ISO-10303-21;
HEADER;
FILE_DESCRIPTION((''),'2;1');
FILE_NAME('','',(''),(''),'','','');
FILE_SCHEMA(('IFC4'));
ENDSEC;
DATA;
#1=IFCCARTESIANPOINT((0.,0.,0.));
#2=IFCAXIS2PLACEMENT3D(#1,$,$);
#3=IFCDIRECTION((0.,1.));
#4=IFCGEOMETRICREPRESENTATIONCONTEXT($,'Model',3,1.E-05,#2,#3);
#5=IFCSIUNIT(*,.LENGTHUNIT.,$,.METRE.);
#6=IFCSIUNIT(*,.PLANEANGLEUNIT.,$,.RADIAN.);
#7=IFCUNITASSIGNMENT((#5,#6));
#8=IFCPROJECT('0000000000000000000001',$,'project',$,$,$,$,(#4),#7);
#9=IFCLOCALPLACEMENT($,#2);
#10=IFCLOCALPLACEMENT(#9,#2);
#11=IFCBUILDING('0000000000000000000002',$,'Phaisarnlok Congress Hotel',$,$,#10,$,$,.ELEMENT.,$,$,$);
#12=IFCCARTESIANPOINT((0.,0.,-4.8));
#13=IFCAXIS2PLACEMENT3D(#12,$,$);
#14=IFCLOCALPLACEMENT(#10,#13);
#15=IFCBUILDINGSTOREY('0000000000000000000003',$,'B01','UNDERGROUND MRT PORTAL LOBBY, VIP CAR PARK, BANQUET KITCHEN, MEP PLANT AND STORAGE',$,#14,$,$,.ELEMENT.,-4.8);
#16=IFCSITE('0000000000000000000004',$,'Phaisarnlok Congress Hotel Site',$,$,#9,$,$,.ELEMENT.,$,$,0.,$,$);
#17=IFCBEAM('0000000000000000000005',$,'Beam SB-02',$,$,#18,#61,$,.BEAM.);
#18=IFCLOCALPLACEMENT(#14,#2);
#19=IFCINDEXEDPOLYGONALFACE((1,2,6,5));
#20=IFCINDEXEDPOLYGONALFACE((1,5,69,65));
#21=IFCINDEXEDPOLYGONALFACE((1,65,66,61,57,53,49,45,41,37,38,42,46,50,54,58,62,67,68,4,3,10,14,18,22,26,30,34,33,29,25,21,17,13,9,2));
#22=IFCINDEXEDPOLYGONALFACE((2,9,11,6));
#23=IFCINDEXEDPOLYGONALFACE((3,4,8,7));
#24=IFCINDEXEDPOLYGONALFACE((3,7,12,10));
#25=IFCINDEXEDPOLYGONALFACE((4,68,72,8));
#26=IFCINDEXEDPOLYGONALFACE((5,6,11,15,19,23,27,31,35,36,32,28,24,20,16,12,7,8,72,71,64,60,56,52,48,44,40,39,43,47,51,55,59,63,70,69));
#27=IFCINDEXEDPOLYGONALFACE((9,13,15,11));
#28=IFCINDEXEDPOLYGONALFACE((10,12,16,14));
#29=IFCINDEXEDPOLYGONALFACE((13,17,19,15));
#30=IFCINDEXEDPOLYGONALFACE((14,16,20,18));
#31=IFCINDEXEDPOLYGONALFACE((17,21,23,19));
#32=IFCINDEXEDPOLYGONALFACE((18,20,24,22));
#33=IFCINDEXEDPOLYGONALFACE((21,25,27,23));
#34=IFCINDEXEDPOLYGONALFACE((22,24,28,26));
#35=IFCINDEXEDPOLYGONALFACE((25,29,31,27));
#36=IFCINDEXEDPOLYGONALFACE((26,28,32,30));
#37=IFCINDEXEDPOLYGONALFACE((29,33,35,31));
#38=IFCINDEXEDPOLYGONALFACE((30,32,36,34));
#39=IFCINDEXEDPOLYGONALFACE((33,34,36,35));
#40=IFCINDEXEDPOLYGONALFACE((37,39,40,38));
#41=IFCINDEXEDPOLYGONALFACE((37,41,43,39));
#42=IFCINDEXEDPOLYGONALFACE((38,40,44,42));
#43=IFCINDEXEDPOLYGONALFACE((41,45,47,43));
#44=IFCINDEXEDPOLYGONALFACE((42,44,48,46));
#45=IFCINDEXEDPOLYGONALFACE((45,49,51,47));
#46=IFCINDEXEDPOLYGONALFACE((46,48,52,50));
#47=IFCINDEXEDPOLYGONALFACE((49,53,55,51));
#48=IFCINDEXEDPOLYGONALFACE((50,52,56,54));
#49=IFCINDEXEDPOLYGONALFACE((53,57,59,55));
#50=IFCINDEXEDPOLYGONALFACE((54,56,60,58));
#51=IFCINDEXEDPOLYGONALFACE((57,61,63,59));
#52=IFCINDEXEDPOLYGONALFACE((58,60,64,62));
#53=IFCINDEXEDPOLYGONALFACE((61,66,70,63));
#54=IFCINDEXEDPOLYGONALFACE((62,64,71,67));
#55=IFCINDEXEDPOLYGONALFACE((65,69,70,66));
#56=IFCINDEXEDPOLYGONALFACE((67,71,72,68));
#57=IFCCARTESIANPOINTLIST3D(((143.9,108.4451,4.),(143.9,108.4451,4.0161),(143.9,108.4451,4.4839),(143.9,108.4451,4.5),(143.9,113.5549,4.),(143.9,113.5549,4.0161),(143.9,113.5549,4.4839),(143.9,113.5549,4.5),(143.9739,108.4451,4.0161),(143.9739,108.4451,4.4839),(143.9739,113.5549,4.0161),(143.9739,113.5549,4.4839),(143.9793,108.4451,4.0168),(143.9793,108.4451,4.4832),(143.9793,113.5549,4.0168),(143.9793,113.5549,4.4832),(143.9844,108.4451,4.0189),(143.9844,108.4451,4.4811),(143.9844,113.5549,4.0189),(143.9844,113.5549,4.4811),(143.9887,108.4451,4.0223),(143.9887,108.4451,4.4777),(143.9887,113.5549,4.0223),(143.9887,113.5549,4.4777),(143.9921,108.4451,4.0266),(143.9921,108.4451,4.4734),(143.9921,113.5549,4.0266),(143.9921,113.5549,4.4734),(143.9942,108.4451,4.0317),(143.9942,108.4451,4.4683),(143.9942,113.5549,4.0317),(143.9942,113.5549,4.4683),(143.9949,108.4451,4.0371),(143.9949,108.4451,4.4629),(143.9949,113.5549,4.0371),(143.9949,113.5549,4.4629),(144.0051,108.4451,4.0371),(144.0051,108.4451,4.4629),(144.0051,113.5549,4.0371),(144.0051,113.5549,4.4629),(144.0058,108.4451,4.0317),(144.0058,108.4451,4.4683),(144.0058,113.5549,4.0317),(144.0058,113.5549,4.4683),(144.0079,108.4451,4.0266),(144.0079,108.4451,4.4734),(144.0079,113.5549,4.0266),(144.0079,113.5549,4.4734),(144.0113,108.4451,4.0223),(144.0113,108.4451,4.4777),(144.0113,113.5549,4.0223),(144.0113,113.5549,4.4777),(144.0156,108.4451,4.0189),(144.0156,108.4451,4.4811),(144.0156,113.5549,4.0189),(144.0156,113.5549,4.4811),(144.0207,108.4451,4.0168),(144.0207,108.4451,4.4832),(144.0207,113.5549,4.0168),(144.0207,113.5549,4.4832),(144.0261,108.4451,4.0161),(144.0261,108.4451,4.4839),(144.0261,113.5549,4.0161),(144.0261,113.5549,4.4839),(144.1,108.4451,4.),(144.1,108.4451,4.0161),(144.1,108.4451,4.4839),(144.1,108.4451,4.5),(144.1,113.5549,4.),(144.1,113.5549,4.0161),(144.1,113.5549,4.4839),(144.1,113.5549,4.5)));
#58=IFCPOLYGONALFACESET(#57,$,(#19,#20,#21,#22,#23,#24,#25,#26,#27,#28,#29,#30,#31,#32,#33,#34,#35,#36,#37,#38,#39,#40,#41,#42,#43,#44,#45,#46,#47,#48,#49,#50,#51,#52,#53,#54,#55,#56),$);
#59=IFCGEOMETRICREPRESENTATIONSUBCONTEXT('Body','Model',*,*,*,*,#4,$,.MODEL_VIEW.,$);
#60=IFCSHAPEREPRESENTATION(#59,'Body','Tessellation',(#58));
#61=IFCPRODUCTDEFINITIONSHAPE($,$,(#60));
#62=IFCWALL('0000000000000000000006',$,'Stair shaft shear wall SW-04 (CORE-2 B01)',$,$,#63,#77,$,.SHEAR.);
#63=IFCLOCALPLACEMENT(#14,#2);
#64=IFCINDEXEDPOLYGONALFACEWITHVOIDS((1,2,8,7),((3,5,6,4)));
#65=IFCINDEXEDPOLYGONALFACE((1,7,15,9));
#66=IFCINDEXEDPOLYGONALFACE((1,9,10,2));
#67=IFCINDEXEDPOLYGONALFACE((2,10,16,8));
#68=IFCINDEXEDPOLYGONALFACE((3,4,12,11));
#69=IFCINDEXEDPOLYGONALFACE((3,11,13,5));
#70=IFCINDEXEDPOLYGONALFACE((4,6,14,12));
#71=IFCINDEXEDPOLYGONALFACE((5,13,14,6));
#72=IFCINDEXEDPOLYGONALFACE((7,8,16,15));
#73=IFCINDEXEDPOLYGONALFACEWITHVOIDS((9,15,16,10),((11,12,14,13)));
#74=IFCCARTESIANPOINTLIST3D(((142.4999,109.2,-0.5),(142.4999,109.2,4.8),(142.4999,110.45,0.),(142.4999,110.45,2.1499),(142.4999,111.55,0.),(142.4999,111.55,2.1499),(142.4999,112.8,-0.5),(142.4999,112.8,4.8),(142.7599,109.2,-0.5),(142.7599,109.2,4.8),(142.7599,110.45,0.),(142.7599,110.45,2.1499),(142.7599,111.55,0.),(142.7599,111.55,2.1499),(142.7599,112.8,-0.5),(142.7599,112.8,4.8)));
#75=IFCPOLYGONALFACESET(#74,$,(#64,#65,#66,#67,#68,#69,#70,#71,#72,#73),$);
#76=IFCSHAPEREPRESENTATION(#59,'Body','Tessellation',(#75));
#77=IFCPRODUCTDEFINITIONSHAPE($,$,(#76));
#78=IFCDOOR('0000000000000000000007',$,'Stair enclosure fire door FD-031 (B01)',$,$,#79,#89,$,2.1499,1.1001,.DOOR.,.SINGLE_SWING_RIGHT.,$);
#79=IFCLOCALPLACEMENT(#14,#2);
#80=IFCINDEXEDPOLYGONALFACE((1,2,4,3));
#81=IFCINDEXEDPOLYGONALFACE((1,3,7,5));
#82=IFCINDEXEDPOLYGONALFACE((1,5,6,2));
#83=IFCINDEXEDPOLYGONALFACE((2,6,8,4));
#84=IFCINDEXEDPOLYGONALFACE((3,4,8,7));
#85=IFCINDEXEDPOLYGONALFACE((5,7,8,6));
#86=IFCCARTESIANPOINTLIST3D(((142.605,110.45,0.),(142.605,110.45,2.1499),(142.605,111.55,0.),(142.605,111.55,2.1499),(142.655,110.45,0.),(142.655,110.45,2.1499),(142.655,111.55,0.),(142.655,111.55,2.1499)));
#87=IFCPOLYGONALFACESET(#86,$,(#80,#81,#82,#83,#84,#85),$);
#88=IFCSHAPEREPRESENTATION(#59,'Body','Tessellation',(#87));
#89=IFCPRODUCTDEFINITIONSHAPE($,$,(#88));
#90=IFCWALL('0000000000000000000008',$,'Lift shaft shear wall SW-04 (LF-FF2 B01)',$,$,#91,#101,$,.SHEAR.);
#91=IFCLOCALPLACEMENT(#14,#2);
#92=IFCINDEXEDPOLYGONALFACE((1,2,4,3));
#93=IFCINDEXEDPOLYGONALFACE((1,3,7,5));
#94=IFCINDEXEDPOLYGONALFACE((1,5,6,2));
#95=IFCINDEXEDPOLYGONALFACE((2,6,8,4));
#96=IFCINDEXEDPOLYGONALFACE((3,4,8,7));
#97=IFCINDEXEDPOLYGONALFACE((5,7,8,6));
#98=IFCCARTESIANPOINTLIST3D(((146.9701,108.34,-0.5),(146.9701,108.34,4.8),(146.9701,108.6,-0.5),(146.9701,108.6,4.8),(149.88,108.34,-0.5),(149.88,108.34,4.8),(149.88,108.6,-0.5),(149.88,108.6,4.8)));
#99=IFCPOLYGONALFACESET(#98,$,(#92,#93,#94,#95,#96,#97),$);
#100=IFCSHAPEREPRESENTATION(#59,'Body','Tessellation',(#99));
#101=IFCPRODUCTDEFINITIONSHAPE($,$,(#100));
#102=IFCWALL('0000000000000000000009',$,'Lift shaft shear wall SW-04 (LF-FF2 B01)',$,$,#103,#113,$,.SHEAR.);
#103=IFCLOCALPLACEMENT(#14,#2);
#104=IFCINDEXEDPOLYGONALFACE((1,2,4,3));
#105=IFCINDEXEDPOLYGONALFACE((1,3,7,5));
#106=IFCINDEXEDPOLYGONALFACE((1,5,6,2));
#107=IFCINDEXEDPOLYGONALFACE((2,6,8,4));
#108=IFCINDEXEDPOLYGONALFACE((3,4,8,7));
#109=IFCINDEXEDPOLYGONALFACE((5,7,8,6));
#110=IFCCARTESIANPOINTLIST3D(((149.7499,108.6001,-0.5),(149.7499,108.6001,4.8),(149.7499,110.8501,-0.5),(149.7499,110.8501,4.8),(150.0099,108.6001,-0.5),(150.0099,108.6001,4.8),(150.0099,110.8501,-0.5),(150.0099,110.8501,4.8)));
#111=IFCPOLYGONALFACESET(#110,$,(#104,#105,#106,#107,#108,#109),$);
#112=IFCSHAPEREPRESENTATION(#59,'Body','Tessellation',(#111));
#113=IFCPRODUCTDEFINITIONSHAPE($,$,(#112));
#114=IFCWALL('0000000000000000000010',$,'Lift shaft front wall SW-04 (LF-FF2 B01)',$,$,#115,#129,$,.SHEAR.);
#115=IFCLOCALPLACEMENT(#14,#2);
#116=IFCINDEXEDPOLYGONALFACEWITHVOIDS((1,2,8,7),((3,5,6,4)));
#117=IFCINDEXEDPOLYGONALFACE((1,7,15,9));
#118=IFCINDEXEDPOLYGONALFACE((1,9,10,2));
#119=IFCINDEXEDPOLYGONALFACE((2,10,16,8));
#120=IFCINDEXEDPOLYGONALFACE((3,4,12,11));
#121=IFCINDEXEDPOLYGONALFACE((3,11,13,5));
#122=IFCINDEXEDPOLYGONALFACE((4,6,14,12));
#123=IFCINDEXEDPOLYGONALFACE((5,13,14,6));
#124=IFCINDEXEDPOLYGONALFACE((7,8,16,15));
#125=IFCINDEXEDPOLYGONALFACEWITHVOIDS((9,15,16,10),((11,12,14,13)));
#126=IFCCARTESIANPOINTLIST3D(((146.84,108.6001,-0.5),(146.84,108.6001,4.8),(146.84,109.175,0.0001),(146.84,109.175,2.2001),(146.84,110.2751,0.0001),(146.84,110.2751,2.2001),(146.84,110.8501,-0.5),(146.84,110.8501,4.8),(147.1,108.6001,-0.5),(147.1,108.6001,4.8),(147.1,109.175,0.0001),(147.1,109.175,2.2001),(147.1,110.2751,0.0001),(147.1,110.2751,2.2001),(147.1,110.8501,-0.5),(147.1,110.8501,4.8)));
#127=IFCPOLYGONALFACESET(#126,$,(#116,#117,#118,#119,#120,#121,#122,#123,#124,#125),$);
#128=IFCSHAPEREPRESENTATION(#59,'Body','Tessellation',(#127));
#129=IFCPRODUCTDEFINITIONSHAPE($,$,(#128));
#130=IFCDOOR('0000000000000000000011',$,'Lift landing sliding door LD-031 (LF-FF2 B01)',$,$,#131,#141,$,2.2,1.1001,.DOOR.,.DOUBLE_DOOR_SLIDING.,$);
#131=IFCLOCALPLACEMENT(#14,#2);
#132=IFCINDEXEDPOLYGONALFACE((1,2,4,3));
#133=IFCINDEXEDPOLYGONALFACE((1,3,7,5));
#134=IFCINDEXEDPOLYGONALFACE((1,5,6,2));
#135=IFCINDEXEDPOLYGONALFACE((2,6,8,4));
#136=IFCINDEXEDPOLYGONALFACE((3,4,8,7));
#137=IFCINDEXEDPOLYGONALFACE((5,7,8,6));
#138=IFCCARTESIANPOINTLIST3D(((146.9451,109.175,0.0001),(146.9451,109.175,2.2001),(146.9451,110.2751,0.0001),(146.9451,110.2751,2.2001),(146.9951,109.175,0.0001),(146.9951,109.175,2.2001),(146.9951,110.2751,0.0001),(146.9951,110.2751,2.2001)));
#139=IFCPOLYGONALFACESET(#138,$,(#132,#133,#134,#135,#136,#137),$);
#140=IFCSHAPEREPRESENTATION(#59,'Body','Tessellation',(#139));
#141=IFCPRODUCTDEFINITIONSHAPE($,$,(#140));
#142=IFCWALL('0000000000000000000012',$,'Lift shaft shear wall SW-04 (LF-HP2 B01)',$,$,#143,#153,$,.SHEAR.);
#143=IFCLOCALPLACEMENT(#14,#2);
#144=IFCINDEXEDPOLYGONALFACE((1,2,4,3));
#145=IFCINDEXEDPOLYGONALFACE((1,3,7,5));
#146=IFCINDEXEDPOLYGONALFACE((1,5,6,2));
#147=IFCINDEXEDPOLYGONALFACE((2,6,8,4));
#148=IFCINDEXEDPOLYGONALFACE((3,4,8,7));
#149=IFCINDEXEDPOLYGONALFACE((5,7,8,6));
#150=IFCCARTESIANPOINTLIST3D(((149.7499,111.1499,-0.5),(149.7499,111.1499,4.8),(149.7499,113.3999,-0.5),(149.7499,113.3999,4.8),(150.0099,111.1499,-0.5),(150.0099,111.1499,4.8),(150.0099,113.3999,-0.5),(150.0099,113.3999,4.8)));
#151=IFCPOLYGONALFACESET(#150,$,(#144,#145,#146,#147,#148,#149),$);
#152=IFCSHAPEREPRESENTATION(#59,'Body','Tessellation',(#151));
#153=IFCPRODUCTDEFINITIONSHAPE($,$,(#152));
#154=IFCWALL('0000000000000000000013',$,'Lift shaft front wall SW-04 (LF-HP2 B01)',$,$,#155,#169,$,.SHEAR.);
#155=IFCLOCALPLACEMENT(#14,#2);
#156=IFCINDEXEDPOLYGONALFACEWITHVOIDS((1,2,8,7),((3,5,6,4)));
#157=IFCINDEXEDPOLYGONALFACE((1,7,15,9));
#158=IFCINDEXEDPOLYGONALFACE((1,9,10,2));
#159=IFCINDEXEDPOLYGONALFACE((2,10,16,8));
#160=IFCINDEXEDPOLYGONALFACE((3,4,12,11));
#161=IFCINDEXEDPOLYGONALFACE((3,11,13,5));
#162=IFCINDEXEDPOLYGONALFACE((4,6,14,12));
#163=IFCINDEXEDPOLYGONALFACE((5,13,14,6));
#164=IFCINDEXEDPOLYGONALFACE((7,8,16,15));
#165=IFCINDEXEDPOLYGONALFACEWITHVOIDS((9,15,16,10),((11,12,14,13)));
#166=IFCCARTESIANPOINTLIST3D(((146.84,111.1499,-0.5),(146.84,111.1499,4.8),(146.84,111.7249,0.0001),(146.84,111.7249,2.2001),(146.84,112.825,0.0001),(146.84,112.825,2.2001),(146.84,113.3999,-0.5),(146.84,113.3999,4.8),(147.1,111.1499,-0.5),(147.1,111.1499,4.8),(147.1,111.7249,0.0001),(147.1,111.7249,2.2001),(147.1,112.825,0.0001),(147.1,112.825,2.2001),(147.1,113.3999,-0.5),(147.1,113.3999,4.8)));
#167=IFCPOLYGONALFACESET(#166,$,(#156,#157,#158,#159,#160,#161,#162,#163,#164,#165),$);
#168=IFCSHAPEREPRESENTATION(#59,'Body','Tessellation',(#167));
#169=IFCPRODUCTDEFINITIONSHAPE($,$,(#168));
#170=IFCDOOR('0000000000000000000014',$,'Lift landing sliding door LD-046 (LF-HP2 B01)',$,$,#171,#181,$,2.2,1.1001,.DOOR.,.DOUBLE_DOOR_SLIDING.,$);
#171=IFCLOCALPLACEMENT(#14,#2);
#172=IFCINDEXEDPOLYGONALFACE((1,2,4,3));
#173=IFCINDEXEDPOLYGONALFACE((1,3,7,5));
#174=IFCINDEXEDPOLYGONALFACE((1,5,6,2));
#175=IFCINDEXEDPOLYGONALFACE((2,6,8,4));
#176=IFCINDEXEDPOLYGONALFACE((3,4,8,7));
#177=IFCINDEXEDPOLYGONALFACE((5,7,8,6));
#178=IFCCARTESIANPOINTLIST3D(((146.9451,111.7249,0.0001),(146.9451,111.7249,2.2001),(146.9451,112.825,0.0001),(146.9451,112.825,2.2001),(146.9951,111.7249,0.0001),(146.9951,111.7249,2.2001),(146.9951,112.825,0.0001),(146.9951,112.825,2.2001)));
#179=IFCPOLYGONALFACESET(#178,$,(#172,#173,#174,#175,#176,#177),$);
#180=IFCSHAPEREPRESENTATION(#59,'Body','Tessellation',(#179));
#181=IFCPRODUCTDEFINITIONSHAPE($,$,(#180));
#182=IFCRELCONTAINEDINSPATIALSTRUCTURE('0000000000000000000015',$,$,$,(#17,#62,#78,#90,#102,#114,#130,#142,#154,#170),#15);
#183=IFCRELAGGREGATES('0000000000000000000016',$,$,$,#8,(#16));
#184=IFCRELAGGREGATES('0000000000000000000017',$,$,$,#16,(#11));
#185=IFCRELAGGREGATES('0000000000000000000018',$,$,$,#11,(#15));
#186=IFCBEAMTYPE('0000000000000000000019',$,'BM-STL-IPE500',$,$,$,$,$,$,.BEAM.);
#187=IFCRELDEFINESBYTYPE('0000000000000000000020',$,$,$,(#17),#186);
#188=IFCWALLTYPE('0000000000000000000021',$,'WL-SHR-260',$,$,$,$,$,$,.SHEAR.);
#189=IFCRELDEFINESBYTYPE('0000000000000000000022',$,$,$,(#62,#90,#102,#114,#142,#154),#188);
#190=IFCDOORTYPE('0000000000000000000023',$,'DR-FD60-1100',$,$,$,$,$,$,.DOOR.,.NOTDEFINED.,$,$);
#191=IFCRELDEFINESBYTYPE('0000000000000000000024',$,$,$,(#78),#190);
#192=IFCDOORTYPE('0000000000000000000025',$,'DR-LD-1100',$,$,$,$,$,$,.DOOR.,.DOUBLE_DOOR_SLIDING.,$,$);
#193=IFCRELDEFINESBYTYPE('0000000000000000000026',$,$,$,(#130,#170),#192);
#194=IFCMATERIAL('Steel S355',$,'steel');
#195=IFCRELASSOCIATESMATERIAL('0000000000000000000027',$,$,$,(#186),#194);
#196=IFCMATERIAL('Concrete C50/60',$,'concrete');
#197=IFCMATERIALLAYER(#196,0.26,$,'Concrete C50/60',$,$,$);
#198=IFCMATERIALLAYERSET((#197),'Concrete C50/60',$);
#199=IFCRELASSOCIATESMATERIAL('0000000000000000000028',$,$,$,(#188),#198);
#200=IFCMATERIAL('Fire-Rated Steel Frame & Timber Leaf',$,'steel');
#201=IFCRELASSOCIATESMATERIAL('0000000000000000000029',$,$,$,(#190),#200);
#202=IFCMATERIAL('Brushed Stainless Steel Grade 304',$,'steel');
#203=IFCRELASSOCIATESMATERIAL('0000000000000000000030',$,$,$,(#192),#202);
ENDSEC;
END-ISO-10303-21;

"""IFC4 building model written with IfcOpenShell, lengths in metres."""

from ifc_helpers import new_model, si_unit, direction, frame, frame_2d, origin, origin_2d, place, context, subcontext, project, spatial, rectangle, i_section, extrude, material, layer, layer_set, material_profile, profile_set, type_object, element, fill, save


model = new_model("IFC4")

# Units and contexts
model_context = context("Model", 3, precision=1e-05, world=origin(), true_north=direction((0.0, 1.0)))
body_context = subcontext(model_context, "Body", "Model", "MODEL_VIEW")
ifc_project = project(units=[si_unit("LENGTHUNIT", "METRE"), si_unit("PLANEANGLEUNIT", "RADIAN")], contexts=[model_context])

# Site, building, storey
site_placement = place(None, origin())
site = spatial("IfcSite", under=ifc_project, at=site_placement, Name="Phaisarnlok Congress Hotel Site", CompositionType="ELEMENT", RefElevation=0.0)
building_placement = place(site_placement, origin())
building = spatial("IfcBuilding", under=site, at=building_placement, Name="Phaisarnlok Congress Hotel", CompositionType="ELEMENT")
storey_placement = place(building_placement, frame((0.0, 0.0, -4.8)))
storey = spatial("IfcBuildingStorey", under=building, at=storey_placement, Name="B01", Description="UNDERGROUND MRT PORTAL LOBBY, VIP CAR PARK, BANQUET KITCHEN, MEP PLANT AND STORAGE", CompositionType="ELEMENT", Elevation=-4.8)

# Beam
ifc_material_1 = material(Name="Steel S355", Category="steel")
ifc_material_profile_1 = material_profile(ifc_material_1, i_section(OverallWidth=0.2, OverallDepth=0.5, WebThickness=0.0103, FlangeThickness=0.0161, FilletRadius=0.021, at=origin_2d()), Name="IPE 500")
ifc_profile_set_1 = profile_set([ifc_material_profile_1], Name="Steel S355")
beam_type_1 = type_object("IfcBeamType", Name="BM-STL-IPE500", PredefinedType="BEAM", material=ifc_profile_set_1)
beam_1_placement = place(storey_placement, frame((144.0, 108.4451, 4.25), z_axis=(0.0, 1.0, 0.0), x_axis=(-1.0, 0.0, 0.0)))
element("IfcBeam", 1, at=beam_1_placement, inside=storey, type_object=beam_type_1, Name="Beam SB-02", PredefinedType="BEAM", context=body_context, shape_type="SweptSolid", body=[
    extrude(i_section(OverallWidth=0.2, OverallDepth=0.5, WebThickness=0.0103, FlangeThickness=0.0161, FilletRadius=0.021, at=origin_2d()), origin(), (0.0, 0.0, 1.0), 5.1099),
])

# Wall, opening, door
ifc_material_2 = material(Name="Concrete C50/60", Category="concrete")
ifc_layer_1 = layer(ifc_material_2, 0.26, Name="Concrete C50/60")
ifc_layer_set_1 = layer_set([ifc_layer_1], Name="Concrete C50/60")
wall_type_1 = type_object("IfcWallType", Name="WL-SHR-260", PredefinedType="SHEAR", material=ifc_layer_set_1)
wall_1_placement = place(storey_placement, frame((142.6299, 109.2, -0.5), z_axis=(0.0, 0.0, 1.0), x_axis=(0.0, 1.0, 0.0)))
wall_1 = element("IfcWall", 2, at=wall_1_placement, inside=storey, type_object=wall_type_1, Name="Stair shaft shear wall SW-04 (CORE-2 B01)", PredefinedType="SHEAR", context=body_context, shape_type="SweptSolid", body=[
    extrude(rectangle(XDim=3.6001, YDim=0.26, at=frame_2d((1.8, 0.0))), origin(), (0.0, 0.0, 1.0), 5.3),
])
opening_1_placement = place(wall_1_placement, frame((1.25, 0.0, 0.5)))
opening_1 = element("IfcOpeningElement", 3, at=opening_1_placement, cuts=wall_1, PredefinedType="OPENING", context=body_context, shape_type="SweptSolid", body=[
    extrude(rectangle(XDim=1.1001, YDim=2.1499, at=frame_2d((0.55, 1.075))), frame((0.0, 0.1401, 0.0), z_axis=(0.0, -1.0, 0.0), x_axis=(1.0, 0.0, 0.0)), (0.0, 0.0, 1.0), 0.28),
])
ifc_material_3 = material(Name="Fire-Rated Steel Frame & Timber Leaf", Category="steel")
door_type_1 = type_object("IfcDoorType", Name="DR-FD60-1100", OperationType="NOTDEFINED", PredefinedType="DOOR", material=ifc_material_3)
door_1_placement = place(opening_1_placement, origin())
door_1 = element("IfcDoor", 4, at=door_1_placement, inside=storey, type_object=door_type_1, Name="Stair enclosure fire door FD-031 (B01)", OperationType="SINGLE_SWING_RIGHT", OverallHeight=2.1499, OverallWidth=1.1001, PredefinedType="DOOR", context=body_context, shape_type="SweptSolid", body=[
    extrude(rectangle(XDim=1.1001, YDim=2.1499, at=frame_2d((0.55, 1.075))), frame((0.0, 0.0249, 0.0), z_axis=(0.0, -1.0, 0.0), x_axis=(1.0, 0.0, 0.0)), (0.0, 0.0, 1.0), 0.05),
])
fill(opening_1, door_1)

# Walls
wall_2_placement = place(storey_placement, frame((146.97, 108.47, -0.5), z_axis=(0.0, 0.0, 1.0), x_axis=(1.0, 0.0, 0.0)))
element("IfcWall", 5, at=wall_2_placement, inside=storey, type_object=wall_type_1, Name="Lift shaft shear wall SW-04 (LF-FF2 B01)", PredefinedType="SHEAR", context=body_context, shape_type="SweptSolid", body=[
    extrude(rectangle(XDim=2.9099, YDim=0.26, at=frame_2d((1.4551, 0.0))), origin(), (0.0, 0.0, 1.0), 5.3),
])
wall_3_placement = place(storey_placement, frame((149.8799, 108.6001, -0.5), z_axis=(0.0, 0.0, 1.0), x_axis=(0.0, 1.0, 0.0)))
element("IfcWall", 6, at=wall_3_placement, inside=storey, type_object=wall_type_1, Name="Lift shaft shear wall SW-04 (LF-FF2 B01)", PredefinedType="SHEAR", context=body_context, shape_type="SweptSolid", body=[
    extrude(rectangle(XDim=2.25, YDim=0.26, at=frame_2d((1.125, 0.0))), origin(), (0.0, 0.0, 1.0), 5.3),
])

# Wall, opening, door
wall_4_placement = place(storey_placement, frame((146.97, 108.6001, -0.5), z_axis=(0.0, 0.0, 1.0), x_axis=(0.0, 1.0, 0.0)))
wall_4 = element("IfcWall", 7, at=wall_4_placement, inside=storey, type_object=wall_type_1, Name="Lift shaft front wall SW-04 (LF-FF2 B01)", PredefinedType="SHEAR", context=body_context, shape_type="SweptSolid", body=[
    extrude(rectangle(XDim=2.25, YDim=0.26, at=frame_2d((1.125, 0.0))), origin(), (0.0, 0.0, 1.0), 5.3),
])
opening_2_placement = place(wall_4_placement, frame((0.575, 0.0, 0.5)))
opening_2 = element("IfcOpeningElement", 8, at=opening_2_placement, cuts=wall_4, PredefinedType="OPENING", context=body_context, shape_type="SweptSolid", body=[
    extrude(rectangle(XDim=1.1001, YDim=2.2, at=frame_2d((0.55, 1.1001))), frame((0.0, 0.1401, 0.0), z_axis=(0.0, -1.0, 0.0), x_axis=(1.0, 0.0, 0.0)), (0.0, 0.0, 1.0), 0.28),
])
ifc_material_4 = material(Name="Brushed Stainless Steel Grade 304", Category="steel")
door_type_2 = type_object("IfcDoorType", Name="DR-LD-1100", OperationType="DOUBLE_DOOR_SLIDING", PredefinedType="DOOR", material=ifc_material_4)
door_2_placement = place(opening_2_placement, origin())
door_2 = element("IfcDoor", 9, at=door_2_placement, inside=storey, type_object=door_type_2, Name="Lift landing sliding door LD-031 (LF-FF2 B01)", OperationType="DOUBLE_DOOR_SLIDING", OverallHeight=2.2, OverallWidth=1.1001, PredefinedType="DOOR", context=body_context, shape_type="SweptSolid", body=[
    extrude(rectangle(XDim=1.1001, YDim=2.2, at=frame_2d((0.55, 1.1001))), frame((0.0, 0.0249, 0.0), z_axis=(0.0, -1.0, 0.0), x_axis=(1.0, 0.0, 0.0)), (0.0, 0.0, 1.0), 0.05),
])
fill(opening_2, door_2)

# Wall
wall_5_placement = place(storey_placement, frame((149.8799, 111.1499, -0.5), z_axis=(0.0, 0.0, 1.0), x_axis=(0.0, 1.0, 0.0)))
element("IfcWall", 10, at=wall_5_placement, inside=storey, type_object=wall_type_1, Name="Lift shaft shear wall SW-04 (LF-HP2 B01)", PredefinedType="SHEAR", context=body_context, shape_type="SweptSolid", body=[
    extrude(rectangle(XDim=2.25, YDim=0.26, at=frame_2d((1.125, 0.0))), origin(), (0.0, 0.0, 1.0), 5.3),
])

# Wall, opening, door
wall_6_placement = place(storey_placement, frame((146.97, 111.1499, -0.5), z_axis=(0.0, 0.0, 1.0), x_axis=(0.0, 1.0, 0.0)))
wall_6 = element("IfcWall", 11, at=wall_6_placement, inside=storey, type_object=wall_type_1, Name="Lift shaft front wall SW-04 (LF-HP2 B01)", PredefinedType="SHEAR", context=body_context, shape_type="SweptSolid", body=[
    extrude(rectangle(XDim=2.25, YDim=0.26, at=frame_2d((1.125, 0.0))), origin(), (0.0, 0.0, 1.0), 5.3),
])
opening_3_placement = place(wall_6_placement, frame((0.575, 0.0, 0.5)))
opening_3 = element("IfcOpeningElement", 12, at=opening_3_placement, cuts=wall_6, PredefinedType="OPENING", context=body_context, shape_type="SweptSolid", body=[
    extrude(rectangle(XDim=1.1001, YDim=2.2, at=frame_2d((0.55, 1.1001))), frame((0.0, 0.1401, 0.0), z_axis=(0.0, -1.0, 0.0), x_axis=(1.0, 0.0, 0.0)), (0.0, 0.0, 1.0), 0.28),
])
door_3_placement = place(opening_3_placement, origin())
door_3 = element("IfcDoor", 13, at=door_3_placement, inside=storey, type_object=door_type_2, Name="Lift landing sliding door LD-046 (LF-HP2 B01)", OperationType="DOUBLE_DOOR_SLIDING", OverallHeight=2.2, OverallWidth=1.1001, PredefinedType="DOOR", context=body_context, shape_type="SweptSolid", body=[
    extrude(rectangle(XDim=1.1001, YDim=2.2, at=frame_2d((0.55, 1.1001))), frame((0.0, 0.0249, 0.0), z_axis=(0.0, -1.0, 0.0), x_axis=(1.0, 0.0, 0.0)), (0.0, 0.0, 1.0), 0.05),
])
fill(opening_3, door_3)

save(model, "model.ifc")
